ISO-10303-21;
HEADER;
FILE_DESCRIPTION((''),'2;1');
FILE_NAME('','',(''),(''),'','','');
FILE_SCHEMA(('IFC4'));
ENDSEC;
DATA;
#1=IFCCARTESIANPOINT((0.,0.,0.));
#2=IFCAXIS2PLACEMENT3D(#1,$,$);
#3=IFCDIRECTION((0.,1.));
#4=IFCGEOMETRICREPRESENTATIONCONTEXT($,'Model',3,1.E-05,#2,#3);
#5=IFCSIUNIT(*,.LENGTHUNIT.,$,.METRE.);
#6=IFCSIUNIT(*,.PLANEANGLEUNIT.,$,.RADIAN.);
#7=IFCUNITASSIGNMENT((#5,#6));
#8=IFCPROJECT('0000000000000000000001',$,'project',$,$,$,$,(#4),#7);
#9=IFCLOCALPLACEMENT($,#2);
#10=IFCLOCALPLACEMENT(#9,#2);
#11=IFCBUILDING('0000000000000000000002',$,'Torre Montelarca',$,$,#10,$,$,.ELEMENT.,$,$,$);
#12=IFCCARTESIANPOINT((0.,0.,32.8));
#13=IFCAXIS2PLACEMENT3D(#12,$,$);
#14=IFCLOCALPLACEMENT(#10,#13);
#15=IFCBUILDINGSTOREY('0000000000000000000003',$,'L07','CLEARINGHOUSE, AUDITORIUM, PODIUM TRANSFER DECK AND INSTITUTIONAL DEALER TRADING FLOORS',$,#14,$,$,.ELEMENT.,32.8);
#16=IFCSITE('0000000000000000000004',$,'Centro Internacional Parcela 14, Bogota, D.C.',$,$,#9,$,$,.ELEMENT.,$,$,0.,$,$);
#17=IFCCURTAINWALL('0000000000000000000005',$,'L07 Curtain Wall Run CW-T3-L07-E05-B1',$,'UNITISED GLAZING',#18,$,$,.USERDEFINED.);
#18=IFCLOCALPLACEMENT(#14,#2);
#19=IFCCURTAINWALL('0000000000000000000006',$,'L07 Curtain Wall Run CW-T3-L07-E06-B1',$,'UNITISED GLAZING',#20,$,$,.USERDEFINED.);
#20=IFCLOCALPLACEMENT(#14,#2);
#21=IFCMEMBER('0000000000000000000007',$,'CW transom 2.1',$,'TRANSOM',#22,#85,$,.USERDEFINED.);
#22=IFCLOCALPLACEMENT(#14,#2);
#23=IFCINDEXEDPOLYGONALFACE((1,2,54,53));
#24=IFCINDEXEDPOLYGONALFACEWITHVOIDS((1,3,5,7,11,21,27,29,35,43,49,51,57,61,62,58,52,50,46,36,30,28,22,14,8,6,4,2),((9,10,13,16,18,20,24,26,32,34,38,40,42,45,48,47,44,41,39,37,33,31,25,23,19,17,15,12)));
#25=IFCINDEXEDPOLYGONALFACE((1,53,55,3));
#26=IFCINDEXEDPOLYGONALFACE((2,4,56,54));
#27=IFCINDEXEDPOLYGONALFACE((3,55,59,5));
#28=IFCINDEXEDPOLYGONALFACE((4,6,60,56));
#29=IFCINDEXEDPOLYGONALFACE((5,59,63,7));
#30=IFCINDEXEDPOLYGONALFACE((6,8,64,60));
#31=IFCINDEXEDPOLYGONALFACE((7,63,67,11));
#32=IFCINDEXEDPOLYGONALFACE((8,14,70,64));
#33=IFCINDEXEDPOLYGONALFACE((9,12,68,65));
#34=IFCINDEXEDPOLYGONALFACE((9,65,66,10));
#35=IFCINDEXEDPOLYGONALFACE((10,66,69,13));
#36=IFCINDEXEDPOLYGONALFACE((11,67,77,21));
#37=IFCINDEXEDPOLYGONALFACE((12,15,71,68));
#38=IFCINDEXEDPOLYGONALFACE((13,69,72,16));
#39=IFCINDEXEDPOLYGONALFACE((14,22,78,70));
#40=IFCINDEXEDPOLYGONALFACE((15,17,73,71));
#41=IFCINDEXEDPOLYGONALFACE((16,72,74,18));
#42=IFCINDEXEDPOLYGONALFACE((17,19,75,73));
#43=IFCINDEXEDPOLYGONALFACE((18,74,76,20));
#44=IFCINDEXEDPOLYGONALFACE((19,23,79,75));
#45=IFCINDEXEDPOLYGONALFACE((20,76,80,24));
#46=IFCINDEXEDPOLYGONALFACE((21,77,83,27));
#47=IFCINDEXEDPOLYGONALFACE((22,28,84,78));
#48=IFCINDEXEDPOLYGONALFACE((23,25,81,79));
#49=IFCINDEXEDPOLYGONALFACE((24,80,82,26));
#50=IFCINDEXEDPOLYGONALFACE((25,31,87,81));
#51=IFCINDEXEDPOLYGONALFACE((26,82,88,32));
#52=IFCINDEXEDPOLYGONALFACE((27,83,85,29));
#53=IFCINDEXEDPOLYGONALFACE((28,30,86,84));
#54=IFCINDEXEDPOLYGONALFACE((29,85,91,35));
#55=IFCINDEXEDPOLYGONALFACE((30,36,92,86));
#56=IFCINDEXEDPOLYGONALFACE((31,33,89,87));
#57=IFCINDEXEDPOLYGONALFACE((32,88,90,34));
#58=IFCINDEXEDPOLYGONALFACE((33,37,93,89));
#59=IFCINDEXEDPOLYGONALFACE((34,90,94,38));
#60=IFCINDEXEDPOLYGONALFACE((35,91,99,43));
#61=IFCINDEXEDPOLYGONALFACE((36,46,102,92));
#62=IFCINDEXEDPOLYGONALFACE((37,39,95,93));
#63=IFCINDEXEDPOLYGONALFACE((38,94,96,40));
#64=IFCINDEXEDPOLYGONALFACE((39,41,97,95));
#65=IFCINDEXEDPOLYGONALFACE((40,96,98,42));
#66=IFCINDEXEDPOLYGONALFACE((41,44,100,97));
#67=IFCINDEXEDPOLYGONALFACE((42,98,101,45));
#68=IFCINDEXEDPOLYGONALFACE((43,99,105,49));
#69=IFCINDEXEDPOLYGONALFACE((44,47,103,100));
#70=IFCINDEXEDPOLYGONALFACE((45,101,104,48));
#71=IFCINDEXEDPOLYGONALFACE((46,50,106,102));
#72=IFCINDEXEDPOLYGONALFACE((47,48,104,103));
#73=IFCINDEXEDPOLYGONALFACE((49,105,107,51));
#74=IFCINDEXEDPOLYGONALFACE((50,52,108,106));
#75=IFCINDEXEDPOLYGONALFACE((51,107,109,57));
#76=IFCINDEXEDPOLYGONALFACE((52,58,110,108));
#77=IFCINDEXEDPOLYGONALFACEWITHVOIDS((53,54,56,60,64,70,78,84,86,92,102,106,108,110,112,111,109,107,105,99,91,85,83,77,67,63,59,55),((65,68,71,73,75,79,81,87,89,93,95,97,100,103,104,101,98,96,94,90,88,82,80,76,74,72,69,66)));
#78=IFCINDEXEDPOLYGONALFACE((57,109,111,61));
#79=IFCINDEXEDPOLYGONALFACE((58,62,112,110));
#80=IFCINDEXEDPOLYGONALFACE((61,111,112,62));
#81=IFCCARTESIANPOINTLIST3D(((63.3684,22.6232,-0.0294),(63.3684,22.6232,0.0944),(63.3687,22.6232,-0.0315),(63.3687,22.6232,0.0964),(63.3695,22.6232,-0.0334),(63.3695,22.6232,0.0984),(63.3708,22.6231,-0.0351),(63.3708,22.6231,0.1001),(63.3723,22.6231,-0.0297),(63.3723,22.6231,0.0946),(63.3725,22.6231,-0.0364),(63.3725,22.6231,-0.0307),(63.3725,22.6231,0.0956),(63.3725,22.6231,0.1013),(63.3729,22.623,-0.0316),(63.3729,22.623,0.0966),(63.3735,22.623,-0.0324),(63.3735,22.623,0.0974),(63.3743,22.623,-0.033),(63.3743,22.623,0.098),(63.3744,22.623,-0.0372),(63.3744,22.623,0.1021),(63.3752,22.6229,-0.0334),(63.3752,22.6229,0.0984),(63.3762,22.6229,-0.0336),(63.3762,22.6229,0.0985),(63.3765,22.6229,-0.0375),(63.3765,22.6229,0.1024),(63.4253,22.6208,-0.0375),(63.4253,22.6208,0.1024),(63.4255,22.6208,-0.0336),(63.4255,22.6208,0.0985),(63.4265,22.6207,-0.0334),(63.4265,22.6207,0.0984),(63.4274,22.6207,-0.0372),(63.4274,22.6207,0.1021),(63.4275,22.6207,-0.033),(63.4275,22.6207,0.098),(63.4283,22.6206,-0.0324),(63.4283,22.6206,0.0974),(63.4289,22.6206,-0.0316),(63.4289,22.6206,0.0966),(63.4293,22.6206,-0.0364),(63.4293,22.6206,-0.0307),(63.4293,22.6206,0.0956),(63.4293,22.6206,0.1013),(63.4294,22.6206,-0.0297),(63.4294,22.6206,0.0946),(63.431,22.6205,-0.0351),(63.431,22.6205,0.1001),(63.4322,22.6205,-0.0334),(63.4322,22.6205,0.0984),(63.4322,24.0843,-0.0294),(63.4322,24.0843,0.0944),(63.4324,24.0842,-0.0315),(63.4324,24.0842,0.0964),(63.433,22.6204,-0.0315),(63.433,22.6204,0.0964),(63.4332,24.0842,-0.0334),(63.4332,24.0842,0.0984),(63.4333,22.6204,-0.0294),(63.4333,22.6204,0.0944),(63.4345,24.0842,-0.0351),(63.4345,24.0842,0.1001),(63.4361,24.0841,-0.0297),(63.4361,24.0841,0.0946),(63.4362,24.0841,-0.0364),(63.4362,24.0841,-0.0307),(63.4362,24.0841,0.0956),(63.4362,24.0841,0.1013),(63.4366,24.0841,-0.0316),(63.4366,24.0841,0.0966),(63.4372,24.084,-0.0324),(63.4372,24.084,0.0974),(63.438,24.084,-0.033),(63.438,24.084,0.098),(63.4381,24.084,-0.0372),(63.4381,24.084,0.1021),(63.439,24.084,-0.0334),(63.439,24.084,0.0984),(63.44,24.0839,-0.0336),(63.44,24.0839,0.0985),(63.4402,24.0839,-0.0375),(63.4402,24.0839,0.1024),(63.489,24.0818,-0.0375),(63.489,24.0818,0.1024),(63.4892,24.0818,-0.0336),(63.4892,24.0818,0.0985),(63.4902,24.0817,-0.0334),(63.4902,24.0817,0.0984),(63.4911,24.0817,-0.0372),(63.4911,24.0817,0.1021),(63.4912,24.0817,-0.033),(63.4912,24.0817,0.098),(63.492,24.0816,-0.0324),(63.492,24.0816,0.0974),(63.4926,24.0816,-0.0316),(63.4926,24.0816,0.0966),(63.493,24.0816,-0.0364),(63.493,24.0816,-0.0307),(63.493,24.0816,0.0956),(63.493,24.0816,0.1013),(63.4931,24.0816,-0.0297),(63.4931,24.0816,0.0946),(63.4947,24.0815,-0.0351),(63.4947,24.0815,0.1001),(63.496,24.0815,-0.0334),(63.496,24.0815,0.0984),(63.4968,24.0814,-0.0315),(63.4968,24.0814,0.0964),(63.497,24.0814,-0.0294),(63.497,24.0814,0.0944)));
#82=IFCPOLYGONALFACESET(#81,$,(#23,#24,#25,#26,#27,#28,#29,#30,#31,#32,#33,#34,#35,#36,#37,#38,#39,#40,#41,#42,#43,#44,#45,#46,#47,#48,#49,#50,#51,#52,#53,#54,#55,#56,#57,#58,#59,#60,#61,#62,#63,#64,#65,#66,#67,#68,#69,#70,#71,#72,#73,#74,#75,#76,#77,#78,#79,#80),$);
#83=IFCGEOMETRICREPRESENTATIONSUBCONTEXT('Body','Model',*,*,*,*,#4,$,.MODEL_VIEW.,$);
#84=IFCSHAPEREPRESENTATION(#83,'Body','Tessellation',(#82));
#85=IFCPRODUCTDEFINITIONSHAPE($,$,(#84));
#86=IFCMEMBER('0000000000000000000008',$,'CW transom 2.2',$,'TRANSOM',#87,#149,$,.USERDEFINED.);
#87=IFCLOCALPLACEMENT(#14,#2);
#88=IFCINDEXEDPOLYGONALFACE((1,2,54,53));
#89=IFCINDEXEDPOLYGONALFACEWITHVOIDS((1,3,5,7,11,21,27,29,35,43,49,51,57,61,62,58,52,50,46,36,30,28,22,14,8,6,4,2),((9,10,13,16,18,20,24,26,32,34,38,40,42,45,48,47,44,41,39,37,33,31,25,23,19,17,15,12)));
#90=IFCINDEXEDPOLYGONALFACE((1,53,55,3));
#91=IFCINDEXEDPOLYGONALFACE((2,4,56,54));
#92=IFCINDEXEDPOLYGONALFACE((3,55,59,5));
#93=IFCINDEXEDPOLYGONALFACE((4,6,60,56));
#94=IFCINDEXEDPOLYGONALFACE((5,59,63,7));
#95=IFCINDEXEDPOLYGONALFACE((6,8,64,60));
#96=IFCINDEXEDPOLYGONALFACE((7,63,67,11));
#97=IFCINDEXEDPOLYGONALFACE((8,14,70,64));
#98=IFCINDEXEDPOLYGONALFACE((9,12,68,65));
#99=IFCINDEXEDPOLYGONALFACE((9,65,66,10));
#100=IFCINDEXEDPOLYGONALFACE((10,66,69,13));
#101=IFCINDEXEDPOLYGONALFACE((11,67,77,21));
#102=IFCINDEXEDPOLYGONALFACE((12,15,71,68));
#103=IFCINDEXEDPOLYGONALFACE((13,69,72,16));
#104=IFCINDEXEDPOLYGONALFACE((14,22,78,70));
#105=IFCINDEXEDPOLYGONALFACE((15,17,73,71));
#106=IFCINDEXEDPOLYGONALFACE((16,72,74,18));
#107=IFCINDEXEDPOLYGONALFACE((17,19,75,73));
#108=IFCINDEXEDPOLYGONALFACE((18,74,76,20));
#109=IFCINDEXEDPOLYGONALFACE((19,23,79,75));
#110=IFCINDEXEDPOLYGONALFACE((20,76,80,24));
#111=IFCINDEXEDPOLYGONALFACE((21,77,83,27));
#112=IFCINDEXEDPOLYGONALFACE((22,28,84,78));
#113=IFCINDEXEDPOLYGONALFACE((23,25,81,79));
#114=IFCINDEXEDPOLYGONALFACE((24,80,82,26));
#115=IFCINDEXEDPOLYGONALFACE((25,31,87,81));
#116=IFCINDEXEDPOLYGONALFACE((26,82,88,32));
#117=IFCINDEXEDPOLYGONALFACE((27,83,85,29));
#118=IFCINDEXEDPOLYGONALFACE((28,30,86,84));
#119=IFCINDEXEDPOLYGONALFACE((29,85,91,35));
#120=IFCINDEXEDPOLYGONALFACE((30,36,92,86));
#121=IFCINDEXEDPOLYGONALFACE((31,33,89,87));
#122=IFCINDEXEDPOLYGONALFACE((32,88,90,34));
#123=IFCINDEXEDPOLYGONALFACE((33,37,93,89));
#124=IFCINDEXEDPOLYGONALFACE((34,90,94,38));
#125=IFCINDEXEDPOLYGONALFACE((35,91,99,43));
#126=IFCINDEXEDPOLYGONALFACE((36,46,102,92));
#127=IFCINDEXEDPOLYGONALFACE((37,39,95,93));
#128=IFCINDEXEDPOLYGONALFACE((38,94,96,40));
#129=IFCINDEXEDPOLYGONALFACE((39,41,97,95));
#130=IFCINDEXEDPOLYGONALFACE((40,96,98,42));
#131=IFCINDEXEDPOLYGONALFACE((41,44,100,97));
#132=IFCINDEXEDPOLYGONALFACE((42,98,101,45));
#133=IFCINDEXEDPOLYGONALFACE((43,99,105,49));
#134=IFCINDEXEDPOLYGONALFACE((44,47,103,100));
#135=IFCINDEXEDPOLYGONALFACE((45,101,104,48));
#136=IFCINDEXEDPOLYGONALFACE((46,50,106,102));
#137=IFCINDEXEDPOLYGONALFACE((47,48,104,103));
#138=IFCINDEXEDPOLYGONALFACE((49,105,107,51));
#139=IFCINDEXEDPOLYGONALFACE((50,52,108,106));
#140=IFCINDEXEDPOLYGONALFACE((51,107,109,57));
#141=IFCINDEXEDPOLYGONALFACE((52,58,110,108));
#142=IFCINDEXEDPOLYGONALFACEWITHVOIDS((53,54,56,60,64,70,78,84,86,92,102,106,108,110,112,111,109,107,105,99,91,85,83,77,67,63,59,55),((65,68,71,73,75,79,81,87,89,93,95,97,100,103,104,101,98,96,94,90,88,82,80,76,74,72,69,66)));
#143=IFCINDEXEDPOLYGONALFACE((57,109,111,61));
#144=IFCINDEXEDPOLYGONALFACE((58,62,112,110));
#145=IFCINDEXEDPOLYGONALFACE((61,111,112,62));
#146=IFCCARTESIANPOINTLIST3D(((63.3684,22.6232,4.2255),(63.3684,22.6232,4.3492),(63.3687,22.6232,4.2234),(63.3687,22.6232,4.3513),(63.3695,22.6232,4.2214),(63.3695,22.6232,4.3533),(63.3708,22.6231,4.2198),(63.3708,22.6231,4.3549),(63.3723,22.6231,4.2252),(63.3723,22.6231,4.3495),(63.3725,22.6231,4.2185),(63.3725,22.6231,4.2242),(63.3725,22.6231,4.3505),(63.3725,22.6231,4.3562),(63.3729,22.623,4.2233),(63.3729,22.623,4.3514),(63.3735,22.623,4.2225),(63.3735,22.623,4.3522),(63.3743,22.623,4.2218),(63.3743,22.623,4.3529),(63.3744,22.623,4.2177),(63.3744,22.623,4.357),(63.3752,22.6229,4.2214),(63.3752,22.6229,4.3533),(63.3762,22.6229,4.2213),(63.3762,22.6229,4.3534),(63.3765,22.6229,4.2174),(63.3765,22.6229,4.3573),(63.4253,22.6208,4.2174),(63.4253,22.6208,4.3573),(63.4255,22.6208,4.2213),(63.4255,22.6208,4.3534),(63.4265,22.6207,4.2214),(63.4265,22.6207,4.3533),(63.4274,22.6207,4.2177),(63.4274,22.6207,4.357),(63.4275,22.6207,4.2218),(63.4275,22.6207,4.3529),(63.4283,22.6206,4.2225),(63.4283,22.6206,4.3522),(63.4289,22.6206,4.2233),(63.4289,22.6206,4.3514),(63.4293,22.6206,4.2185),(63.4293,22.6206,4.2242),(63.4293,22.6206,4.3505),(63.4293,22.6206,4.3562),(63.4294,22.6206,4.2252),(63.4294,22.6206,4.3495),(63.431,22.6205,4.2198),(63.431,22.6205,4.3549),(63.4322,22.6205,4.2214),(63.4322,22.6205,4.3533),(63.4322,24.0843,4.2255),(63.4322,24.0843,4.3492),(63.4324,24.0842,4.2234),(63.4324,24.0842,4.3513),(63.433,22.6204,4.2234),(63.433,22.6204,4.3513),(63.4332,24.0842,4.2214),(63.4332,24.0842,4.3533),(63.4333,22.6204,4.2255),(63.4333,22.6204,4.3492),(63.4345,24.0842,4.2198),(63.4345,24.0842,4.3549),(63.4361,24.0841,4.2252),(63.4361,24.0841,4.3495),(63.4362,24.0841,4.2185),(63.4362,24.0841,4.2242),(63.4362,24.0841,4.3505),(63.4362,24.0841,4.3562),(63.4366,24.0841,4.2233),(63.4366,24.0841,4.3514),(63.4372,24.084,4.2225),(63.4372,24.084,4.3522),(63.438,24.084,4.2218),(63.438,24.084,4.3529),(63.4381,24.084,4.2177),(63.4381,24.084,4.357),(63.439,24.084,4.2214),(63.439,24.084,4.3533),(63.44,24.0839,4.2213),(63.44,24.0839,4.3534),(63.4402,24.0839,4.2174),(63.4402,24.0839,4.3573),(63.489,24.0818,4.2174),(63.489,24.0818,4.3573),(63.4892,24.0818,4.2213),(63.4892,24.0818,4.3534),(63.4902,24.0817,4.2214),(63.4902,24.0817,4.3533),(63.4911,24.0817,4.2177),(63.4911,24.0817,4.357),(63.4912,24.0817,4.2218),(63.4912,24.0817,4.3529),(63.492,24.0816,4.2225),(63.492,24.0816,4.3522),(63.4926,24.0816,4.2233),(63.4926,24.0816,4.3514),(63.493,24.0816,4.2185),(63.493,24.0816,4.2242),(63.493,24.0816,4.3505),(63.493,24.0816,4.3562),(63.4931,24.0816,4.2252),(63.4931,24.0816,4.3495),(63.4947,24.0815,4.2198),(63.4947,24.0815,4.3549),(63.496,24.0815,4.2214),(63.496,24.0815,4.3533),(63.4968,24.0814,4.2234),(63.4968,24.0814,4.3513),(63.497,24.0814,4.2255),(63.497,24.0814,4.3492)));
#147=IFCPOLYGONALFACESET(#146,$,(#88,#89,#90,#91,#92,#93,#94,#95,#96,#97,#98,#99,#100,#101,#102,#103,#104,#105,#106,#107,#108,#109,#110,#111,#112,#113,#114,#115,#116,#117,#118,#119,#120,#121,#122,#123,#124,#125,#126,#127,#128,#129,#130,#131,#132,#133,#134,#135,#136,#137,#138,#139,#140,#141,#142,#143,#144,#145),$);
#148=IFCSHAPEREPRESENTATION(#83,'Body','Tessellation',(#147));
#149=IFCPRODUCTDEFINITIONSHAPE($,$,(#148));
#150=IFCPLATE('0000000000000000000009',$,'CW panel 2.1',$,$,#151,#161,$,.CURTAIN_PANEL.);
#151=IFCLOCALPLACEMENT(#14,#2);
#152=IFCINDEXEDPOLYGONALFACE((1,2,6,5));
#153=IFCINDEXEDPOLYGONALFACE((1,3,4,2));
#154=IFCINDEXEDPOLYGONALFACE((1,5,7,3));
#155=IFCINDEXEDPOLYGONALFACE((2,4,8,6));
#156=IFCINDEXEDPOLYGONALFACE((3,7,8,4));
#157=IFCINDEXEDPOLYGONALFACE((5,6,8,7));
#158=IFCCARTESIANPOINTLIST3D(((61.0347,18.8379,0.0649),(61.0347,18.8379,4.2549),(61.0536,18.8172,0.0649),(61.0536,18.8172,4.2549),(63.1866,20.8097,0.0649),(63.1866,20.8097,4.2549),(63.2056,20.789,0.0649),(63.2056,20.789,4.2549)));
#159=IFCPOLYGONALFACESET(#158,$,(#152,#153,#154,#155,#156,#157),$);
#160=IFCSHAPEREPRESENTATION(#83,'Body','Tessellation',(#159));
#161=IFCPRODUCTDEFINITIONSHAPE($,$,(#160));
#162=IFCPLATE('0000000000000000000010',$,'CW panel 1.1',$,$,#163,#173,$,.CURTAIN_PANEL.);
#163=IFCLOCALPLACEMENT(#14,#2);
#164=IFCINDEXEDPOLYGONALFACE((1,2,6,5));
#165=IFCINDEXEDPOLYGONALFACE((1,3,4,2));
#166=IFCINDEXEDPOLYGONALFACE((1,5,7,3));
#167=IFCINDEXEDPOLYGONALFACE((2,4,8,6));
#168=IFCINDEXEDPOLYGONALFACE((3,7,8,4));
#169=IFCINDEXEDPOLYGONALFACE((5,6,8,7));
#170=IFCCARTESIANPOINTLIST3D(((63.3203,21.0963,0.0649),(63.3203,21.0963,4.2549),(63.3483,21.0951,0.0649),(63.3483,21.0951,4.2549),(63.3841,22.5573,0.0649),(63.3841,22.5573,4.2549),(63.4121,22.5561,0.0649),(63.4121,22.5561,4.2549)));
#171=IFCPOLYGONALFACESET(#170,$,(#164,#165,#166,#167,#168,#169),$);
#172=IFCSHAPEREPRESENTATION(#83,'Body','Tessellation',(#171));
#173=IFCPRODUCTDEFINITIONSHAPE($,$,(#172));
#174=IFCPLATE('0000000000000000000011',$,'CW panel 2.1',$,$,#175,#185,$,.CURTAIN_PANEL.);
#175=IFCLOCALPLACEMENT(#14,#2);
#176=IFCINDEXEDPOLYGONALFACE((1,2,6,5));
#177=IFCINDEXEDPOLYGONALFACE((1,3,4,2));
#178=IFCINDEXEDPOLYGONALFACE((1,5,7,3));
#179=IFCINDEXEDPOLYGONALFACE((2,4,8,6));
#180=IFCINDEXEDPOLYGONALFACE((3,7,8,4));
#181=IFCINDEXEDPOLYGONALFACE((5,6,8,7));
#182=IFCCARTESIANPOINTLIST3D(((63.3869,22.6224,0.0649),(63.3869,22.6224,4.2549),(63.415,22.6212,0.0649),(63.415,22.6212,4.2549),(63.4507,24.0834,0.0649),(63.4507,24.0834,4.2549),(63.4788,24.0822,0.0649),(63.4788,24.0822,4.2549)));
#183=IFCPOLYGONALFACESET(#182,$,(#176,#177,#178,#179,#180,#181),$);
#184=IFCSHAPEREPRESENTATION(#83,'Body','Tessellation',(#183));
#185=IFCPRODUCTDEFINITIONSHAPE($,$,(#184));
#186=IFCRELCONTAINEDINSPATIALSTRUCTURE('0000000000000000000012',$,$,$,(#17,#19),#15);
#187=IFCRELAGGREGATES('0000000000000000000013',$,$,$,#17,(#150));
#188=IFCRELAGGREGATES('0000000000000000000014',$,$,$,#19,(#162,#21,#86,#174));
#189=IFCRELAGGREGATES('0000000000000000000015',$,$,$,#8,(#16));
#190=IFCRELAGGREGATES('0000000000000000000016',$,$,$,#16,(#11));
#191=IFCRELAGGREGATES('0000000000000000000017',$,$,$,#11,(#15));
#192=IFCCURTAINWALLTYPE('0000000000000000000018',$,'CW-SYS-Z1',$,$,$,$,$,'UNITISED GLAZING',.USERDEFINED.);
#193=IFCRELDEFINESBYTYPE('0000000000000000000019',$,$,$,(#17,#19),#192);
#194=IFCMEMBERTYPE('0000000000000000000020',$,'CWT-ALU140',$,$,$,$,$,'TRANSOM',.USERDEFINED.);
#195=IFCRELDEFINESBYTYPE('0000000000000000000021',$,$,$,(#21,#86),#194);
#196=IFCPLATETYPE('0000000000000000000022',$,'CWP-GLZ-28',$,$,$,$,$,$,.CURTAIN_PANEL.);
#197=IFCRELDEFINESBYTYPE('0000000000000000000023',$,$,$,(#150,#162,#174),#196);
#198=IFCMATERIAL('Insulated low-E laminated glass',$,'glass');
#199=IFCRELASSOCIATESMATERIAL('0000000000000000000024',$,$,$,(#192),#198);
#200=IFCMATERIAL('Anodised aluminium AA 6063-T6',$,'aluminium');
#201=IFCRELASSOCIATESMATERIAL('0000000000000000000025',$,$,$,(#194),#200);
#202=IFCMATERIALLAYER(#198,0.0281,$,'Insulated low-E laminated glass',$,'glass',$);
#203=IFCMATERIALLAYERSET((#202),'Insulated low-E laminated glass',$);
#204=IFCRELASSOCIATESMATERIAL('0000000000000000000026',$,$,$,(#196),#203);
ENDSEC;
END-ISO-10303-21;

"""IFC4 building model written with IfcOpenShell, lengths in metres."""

from ifc_helpers import new_model, si_unit, direction, frame, origin, origin_2d, place, context, subcontext, project, spatial, rectangle, hollow_rectangle, extrude, source, transform, mapped, material, layer, layer_set, material_profile, profile_set, type_object, element, aggregate, save


model = new_model("IFC4")

# Units and contexts
model_context = context("Model", 3, precision=1e-05, world=origin(), true_north=direction((0.0, 1.0)))
body_context = subcontext(model_context, "Body", "Model", "MODEL_VIEW")
ifc_project = project(units=[si_unit("LENGTHUNIT", "METRE"), si_unit("PLANEANGLEUNIT", "RADIAN")], contexts=[model_context])

# Site, building, storey
site_placement = place(None, origin())
site = spatial("IfcSite", under=ifc_project, at=site_placement, Name="Centro Internacional Parcela 14, Bogota, D.C.", CompositionType="ELEMENT", RefElevation=0.0)
building_placement = place(site_placement, origin())
building = spatial("IfcBuilding", under=site, at=building_placement, Name="Torre Montelarca", CompositionType="ELEMENT")
storey_placement = place(building_placement, frame((0.0, 0.0, 32.8)))
storey = spatial("IfcBuildingStorey", under=building, at=storey_placement, Name="L07", Description="CLEARINGHOUSE, AUDITORIUM, PODIUM TRANSFER DECK AND INSTITUTIONAL DEALER TRADING FLOORS", CompositionType="ELEMENT", Elevation=32.8)

# Curtain wall
ifc_material_1 = material(Name="Insulated low-E laminated glass", Category="glass")
curtain_wall_type = type_object("IfcCurtainWallType", Name="CW-SYS-Z1", ElementType="UNITISED GLAZING", PredefinedType="USERDEFINED", material=ifc_material_1)
curtain_wall_1_placement = place(storey_placement, origin())
curtain_wall_1 = element("IfcCurtainWall", 1, at=curtain_wall_1_placement, inside=storey, type_object=curtain_wall_type, Name="L07 Curtain Wall Run CW-T3-L07-E05-B1", ObjectType="UNITISED GLAZING", PredefinedType="USERDEFINED")
ifc_material_2 = material(Name="Anodised aluminium AA 6063-T6", Category="aluminium")

# Curtain wall
curtain_wall_2_placement = place(storey_placement, origin())
curtain_wall_2 = element("IfcCurtainWall", 2, at=curtain_wall_2_placement, inside=storey, type_object=curtain_wall_type, Name="L07 Curtain Wall Run CW-T3-L07-E06-B1", ObjectType="UNITISED GLAZING", PredefinedType="USERDEFINED")

# Members
ifc_material_profile_1 = material_profile(ifc_material_2, hollow_rectangle(XDim=0.0649, YDim=0.1399, WallThickness=0.0039, InnerFilletRadius=0.0039, OuterFilletRadius=0.0081, at=origin_2d()), Name="ALU65X140X4", Category="aluminium")
ifc_profile_set_1 = profile_set([ifc_material_profile_1], Name="Anodised aluminium AA 6063-T6")
member_type_1 = type_object("IfcMemberType", Name="CWT-ALU140", ElementType="TRANSOM", PredefinedType="USERDEFINED", material=ifc_profile_set_1)
shared_shape_1 = source(origin(), body_context, "Body", "SweptSolid", [
    extrude(hollow_rectangle(XDim=0.0649, YDim=0.1399, WallThickness=0.0039, InnerFilletRadius=0.0039, OuterFilletRadius=0.0081, at=origin_2d()), origin(), (0.0, 0.0, 1.0), 1.4624),
])
member_1_placement = place(storey_placement, frame((63.4009, 22.6218, 0.0325), z_axis=(0.043575, 0.99905, 0.0), x_axis=(-0.99905, 0.043575, 0.0)))
member_1 = element("IfcMember", 3, at=member_1_placement, type_object=member_type_1, Name="CW transom 2.1", ObjectType="TRANSOM", PredefinedType="USERDEFINED", context=body_context, shape_type="MappedRepresentation", body=[
    mapped(shared_shape_1, transform((0.0, 0.0, 0.0), scale=1.0)),
])
member_2_placement = place(storey_placement, frame((63.4009, 22.6218, 4.2874), z_axis=(0.043575, 0.99905, 0.0), x_axis=(-0.99905, 0.043575, 0.0)))
member_2 = element("IfcMember", 4, at=member_2_placement, type_object=member_type_1, Name="CW transom 2.2", ObjectType="TRANSOM", PredefinedType="USERDEFINED", context=body_context, shape_type="MappedRepresentation", body=[
    mapped(shared_shape_1, transform((0.0, 0.0, 0.0), scale=1.0)),
])

# Plates
ifc_layer_1 = layer(ifc_material_1, 0.0281, Name="Insulated low-E laminated glass", Category="glass")
ifc_layer_set_1 = layer_set([ifc_layer_1], Name="Insulated low-E laminated glass")
plate_type = type_object("IfcPlateType", Name="CWP-GLZ-28", PredefinedType="CURTAIN_PANEL", material=ifc_layer_set_1)
shared_shape_2 = source(origin(), body_context, "Body", "SweptSolid", [
    extrude(rectangle(XDim=2.9187, YDim=0.0281, at=origin_2d()), origin(), (0.0, 0.0, 1.0), 4.1899),
])
plate_1_placement = place(storey_placement, frame((62.1201, 19.8135, 0.0649), z_axis=(0.0, 0.0, 1.0), x_axis=(0.737292, 0.675574, 0.0)))
plate_1 = element("IfcPlate", 5, at=plate_1_placement, type_object=plate_type, Name="CW panel 2.1", PredefinedType="CURTAIN_PANEL", context=body_context, shape_type="MappedRepresentation", body=[
    mapped(shared_shape_2, transform((0.0, 0.0, 0.0), scale=1.0)),
])
aggregate(curtain_wall_1, [plate_1])
shared_shape_3 = source(origin(), body_context, "Body", "SweptSolid", [
    extrude(rectangle(XDim=1.4624, YDim=0.0281, at=origin_2d()), origin(), (0.0, 0.0, 1.0), 4.1899),
])
plate_2_placement = place(storey_placement, frame((63.3662, 21.8262, 0.0649), z_axis=(0.0, 0.0, 1.0), x_axis=(0.043622, 0.999048, 0.0)))
plate_2 = element("IfcPlate", 6, at=plate_2_placement, type_object=plate_type, Name="CW panel 1.1", PredefinedType="CURTAIN_PANEL", context=body_context, shape_type="MappedRepresentation", body=[
    mapped(shared_shape_3, transform((0.0, 0.0, 0.0), scale=1.0)),
])
plate_3_placement = place(storey_placement, frame((63.4329, 23.3523, 0.0649), z_axis=(0.0, 0.0, 1.0), x_axis=(0.043622, 0.999048, 0.0)))
plate_3 = element("IfcPlate", 7, at=plate_3_placement, type_object=plate_type, Name="CW panel 2.1", PredefinedType="CURTAIN_PANEL", context=body_context, shape_type="MappedRepresentation", body=[
    mapped(shared_shape_3, transform((0.0, 0.0, 0.0), scale=1.0)),
])
aggregate(curtain_wall_2, [plate_2, member_1, member_2, plate_3])

save(model, "model.ifc")
